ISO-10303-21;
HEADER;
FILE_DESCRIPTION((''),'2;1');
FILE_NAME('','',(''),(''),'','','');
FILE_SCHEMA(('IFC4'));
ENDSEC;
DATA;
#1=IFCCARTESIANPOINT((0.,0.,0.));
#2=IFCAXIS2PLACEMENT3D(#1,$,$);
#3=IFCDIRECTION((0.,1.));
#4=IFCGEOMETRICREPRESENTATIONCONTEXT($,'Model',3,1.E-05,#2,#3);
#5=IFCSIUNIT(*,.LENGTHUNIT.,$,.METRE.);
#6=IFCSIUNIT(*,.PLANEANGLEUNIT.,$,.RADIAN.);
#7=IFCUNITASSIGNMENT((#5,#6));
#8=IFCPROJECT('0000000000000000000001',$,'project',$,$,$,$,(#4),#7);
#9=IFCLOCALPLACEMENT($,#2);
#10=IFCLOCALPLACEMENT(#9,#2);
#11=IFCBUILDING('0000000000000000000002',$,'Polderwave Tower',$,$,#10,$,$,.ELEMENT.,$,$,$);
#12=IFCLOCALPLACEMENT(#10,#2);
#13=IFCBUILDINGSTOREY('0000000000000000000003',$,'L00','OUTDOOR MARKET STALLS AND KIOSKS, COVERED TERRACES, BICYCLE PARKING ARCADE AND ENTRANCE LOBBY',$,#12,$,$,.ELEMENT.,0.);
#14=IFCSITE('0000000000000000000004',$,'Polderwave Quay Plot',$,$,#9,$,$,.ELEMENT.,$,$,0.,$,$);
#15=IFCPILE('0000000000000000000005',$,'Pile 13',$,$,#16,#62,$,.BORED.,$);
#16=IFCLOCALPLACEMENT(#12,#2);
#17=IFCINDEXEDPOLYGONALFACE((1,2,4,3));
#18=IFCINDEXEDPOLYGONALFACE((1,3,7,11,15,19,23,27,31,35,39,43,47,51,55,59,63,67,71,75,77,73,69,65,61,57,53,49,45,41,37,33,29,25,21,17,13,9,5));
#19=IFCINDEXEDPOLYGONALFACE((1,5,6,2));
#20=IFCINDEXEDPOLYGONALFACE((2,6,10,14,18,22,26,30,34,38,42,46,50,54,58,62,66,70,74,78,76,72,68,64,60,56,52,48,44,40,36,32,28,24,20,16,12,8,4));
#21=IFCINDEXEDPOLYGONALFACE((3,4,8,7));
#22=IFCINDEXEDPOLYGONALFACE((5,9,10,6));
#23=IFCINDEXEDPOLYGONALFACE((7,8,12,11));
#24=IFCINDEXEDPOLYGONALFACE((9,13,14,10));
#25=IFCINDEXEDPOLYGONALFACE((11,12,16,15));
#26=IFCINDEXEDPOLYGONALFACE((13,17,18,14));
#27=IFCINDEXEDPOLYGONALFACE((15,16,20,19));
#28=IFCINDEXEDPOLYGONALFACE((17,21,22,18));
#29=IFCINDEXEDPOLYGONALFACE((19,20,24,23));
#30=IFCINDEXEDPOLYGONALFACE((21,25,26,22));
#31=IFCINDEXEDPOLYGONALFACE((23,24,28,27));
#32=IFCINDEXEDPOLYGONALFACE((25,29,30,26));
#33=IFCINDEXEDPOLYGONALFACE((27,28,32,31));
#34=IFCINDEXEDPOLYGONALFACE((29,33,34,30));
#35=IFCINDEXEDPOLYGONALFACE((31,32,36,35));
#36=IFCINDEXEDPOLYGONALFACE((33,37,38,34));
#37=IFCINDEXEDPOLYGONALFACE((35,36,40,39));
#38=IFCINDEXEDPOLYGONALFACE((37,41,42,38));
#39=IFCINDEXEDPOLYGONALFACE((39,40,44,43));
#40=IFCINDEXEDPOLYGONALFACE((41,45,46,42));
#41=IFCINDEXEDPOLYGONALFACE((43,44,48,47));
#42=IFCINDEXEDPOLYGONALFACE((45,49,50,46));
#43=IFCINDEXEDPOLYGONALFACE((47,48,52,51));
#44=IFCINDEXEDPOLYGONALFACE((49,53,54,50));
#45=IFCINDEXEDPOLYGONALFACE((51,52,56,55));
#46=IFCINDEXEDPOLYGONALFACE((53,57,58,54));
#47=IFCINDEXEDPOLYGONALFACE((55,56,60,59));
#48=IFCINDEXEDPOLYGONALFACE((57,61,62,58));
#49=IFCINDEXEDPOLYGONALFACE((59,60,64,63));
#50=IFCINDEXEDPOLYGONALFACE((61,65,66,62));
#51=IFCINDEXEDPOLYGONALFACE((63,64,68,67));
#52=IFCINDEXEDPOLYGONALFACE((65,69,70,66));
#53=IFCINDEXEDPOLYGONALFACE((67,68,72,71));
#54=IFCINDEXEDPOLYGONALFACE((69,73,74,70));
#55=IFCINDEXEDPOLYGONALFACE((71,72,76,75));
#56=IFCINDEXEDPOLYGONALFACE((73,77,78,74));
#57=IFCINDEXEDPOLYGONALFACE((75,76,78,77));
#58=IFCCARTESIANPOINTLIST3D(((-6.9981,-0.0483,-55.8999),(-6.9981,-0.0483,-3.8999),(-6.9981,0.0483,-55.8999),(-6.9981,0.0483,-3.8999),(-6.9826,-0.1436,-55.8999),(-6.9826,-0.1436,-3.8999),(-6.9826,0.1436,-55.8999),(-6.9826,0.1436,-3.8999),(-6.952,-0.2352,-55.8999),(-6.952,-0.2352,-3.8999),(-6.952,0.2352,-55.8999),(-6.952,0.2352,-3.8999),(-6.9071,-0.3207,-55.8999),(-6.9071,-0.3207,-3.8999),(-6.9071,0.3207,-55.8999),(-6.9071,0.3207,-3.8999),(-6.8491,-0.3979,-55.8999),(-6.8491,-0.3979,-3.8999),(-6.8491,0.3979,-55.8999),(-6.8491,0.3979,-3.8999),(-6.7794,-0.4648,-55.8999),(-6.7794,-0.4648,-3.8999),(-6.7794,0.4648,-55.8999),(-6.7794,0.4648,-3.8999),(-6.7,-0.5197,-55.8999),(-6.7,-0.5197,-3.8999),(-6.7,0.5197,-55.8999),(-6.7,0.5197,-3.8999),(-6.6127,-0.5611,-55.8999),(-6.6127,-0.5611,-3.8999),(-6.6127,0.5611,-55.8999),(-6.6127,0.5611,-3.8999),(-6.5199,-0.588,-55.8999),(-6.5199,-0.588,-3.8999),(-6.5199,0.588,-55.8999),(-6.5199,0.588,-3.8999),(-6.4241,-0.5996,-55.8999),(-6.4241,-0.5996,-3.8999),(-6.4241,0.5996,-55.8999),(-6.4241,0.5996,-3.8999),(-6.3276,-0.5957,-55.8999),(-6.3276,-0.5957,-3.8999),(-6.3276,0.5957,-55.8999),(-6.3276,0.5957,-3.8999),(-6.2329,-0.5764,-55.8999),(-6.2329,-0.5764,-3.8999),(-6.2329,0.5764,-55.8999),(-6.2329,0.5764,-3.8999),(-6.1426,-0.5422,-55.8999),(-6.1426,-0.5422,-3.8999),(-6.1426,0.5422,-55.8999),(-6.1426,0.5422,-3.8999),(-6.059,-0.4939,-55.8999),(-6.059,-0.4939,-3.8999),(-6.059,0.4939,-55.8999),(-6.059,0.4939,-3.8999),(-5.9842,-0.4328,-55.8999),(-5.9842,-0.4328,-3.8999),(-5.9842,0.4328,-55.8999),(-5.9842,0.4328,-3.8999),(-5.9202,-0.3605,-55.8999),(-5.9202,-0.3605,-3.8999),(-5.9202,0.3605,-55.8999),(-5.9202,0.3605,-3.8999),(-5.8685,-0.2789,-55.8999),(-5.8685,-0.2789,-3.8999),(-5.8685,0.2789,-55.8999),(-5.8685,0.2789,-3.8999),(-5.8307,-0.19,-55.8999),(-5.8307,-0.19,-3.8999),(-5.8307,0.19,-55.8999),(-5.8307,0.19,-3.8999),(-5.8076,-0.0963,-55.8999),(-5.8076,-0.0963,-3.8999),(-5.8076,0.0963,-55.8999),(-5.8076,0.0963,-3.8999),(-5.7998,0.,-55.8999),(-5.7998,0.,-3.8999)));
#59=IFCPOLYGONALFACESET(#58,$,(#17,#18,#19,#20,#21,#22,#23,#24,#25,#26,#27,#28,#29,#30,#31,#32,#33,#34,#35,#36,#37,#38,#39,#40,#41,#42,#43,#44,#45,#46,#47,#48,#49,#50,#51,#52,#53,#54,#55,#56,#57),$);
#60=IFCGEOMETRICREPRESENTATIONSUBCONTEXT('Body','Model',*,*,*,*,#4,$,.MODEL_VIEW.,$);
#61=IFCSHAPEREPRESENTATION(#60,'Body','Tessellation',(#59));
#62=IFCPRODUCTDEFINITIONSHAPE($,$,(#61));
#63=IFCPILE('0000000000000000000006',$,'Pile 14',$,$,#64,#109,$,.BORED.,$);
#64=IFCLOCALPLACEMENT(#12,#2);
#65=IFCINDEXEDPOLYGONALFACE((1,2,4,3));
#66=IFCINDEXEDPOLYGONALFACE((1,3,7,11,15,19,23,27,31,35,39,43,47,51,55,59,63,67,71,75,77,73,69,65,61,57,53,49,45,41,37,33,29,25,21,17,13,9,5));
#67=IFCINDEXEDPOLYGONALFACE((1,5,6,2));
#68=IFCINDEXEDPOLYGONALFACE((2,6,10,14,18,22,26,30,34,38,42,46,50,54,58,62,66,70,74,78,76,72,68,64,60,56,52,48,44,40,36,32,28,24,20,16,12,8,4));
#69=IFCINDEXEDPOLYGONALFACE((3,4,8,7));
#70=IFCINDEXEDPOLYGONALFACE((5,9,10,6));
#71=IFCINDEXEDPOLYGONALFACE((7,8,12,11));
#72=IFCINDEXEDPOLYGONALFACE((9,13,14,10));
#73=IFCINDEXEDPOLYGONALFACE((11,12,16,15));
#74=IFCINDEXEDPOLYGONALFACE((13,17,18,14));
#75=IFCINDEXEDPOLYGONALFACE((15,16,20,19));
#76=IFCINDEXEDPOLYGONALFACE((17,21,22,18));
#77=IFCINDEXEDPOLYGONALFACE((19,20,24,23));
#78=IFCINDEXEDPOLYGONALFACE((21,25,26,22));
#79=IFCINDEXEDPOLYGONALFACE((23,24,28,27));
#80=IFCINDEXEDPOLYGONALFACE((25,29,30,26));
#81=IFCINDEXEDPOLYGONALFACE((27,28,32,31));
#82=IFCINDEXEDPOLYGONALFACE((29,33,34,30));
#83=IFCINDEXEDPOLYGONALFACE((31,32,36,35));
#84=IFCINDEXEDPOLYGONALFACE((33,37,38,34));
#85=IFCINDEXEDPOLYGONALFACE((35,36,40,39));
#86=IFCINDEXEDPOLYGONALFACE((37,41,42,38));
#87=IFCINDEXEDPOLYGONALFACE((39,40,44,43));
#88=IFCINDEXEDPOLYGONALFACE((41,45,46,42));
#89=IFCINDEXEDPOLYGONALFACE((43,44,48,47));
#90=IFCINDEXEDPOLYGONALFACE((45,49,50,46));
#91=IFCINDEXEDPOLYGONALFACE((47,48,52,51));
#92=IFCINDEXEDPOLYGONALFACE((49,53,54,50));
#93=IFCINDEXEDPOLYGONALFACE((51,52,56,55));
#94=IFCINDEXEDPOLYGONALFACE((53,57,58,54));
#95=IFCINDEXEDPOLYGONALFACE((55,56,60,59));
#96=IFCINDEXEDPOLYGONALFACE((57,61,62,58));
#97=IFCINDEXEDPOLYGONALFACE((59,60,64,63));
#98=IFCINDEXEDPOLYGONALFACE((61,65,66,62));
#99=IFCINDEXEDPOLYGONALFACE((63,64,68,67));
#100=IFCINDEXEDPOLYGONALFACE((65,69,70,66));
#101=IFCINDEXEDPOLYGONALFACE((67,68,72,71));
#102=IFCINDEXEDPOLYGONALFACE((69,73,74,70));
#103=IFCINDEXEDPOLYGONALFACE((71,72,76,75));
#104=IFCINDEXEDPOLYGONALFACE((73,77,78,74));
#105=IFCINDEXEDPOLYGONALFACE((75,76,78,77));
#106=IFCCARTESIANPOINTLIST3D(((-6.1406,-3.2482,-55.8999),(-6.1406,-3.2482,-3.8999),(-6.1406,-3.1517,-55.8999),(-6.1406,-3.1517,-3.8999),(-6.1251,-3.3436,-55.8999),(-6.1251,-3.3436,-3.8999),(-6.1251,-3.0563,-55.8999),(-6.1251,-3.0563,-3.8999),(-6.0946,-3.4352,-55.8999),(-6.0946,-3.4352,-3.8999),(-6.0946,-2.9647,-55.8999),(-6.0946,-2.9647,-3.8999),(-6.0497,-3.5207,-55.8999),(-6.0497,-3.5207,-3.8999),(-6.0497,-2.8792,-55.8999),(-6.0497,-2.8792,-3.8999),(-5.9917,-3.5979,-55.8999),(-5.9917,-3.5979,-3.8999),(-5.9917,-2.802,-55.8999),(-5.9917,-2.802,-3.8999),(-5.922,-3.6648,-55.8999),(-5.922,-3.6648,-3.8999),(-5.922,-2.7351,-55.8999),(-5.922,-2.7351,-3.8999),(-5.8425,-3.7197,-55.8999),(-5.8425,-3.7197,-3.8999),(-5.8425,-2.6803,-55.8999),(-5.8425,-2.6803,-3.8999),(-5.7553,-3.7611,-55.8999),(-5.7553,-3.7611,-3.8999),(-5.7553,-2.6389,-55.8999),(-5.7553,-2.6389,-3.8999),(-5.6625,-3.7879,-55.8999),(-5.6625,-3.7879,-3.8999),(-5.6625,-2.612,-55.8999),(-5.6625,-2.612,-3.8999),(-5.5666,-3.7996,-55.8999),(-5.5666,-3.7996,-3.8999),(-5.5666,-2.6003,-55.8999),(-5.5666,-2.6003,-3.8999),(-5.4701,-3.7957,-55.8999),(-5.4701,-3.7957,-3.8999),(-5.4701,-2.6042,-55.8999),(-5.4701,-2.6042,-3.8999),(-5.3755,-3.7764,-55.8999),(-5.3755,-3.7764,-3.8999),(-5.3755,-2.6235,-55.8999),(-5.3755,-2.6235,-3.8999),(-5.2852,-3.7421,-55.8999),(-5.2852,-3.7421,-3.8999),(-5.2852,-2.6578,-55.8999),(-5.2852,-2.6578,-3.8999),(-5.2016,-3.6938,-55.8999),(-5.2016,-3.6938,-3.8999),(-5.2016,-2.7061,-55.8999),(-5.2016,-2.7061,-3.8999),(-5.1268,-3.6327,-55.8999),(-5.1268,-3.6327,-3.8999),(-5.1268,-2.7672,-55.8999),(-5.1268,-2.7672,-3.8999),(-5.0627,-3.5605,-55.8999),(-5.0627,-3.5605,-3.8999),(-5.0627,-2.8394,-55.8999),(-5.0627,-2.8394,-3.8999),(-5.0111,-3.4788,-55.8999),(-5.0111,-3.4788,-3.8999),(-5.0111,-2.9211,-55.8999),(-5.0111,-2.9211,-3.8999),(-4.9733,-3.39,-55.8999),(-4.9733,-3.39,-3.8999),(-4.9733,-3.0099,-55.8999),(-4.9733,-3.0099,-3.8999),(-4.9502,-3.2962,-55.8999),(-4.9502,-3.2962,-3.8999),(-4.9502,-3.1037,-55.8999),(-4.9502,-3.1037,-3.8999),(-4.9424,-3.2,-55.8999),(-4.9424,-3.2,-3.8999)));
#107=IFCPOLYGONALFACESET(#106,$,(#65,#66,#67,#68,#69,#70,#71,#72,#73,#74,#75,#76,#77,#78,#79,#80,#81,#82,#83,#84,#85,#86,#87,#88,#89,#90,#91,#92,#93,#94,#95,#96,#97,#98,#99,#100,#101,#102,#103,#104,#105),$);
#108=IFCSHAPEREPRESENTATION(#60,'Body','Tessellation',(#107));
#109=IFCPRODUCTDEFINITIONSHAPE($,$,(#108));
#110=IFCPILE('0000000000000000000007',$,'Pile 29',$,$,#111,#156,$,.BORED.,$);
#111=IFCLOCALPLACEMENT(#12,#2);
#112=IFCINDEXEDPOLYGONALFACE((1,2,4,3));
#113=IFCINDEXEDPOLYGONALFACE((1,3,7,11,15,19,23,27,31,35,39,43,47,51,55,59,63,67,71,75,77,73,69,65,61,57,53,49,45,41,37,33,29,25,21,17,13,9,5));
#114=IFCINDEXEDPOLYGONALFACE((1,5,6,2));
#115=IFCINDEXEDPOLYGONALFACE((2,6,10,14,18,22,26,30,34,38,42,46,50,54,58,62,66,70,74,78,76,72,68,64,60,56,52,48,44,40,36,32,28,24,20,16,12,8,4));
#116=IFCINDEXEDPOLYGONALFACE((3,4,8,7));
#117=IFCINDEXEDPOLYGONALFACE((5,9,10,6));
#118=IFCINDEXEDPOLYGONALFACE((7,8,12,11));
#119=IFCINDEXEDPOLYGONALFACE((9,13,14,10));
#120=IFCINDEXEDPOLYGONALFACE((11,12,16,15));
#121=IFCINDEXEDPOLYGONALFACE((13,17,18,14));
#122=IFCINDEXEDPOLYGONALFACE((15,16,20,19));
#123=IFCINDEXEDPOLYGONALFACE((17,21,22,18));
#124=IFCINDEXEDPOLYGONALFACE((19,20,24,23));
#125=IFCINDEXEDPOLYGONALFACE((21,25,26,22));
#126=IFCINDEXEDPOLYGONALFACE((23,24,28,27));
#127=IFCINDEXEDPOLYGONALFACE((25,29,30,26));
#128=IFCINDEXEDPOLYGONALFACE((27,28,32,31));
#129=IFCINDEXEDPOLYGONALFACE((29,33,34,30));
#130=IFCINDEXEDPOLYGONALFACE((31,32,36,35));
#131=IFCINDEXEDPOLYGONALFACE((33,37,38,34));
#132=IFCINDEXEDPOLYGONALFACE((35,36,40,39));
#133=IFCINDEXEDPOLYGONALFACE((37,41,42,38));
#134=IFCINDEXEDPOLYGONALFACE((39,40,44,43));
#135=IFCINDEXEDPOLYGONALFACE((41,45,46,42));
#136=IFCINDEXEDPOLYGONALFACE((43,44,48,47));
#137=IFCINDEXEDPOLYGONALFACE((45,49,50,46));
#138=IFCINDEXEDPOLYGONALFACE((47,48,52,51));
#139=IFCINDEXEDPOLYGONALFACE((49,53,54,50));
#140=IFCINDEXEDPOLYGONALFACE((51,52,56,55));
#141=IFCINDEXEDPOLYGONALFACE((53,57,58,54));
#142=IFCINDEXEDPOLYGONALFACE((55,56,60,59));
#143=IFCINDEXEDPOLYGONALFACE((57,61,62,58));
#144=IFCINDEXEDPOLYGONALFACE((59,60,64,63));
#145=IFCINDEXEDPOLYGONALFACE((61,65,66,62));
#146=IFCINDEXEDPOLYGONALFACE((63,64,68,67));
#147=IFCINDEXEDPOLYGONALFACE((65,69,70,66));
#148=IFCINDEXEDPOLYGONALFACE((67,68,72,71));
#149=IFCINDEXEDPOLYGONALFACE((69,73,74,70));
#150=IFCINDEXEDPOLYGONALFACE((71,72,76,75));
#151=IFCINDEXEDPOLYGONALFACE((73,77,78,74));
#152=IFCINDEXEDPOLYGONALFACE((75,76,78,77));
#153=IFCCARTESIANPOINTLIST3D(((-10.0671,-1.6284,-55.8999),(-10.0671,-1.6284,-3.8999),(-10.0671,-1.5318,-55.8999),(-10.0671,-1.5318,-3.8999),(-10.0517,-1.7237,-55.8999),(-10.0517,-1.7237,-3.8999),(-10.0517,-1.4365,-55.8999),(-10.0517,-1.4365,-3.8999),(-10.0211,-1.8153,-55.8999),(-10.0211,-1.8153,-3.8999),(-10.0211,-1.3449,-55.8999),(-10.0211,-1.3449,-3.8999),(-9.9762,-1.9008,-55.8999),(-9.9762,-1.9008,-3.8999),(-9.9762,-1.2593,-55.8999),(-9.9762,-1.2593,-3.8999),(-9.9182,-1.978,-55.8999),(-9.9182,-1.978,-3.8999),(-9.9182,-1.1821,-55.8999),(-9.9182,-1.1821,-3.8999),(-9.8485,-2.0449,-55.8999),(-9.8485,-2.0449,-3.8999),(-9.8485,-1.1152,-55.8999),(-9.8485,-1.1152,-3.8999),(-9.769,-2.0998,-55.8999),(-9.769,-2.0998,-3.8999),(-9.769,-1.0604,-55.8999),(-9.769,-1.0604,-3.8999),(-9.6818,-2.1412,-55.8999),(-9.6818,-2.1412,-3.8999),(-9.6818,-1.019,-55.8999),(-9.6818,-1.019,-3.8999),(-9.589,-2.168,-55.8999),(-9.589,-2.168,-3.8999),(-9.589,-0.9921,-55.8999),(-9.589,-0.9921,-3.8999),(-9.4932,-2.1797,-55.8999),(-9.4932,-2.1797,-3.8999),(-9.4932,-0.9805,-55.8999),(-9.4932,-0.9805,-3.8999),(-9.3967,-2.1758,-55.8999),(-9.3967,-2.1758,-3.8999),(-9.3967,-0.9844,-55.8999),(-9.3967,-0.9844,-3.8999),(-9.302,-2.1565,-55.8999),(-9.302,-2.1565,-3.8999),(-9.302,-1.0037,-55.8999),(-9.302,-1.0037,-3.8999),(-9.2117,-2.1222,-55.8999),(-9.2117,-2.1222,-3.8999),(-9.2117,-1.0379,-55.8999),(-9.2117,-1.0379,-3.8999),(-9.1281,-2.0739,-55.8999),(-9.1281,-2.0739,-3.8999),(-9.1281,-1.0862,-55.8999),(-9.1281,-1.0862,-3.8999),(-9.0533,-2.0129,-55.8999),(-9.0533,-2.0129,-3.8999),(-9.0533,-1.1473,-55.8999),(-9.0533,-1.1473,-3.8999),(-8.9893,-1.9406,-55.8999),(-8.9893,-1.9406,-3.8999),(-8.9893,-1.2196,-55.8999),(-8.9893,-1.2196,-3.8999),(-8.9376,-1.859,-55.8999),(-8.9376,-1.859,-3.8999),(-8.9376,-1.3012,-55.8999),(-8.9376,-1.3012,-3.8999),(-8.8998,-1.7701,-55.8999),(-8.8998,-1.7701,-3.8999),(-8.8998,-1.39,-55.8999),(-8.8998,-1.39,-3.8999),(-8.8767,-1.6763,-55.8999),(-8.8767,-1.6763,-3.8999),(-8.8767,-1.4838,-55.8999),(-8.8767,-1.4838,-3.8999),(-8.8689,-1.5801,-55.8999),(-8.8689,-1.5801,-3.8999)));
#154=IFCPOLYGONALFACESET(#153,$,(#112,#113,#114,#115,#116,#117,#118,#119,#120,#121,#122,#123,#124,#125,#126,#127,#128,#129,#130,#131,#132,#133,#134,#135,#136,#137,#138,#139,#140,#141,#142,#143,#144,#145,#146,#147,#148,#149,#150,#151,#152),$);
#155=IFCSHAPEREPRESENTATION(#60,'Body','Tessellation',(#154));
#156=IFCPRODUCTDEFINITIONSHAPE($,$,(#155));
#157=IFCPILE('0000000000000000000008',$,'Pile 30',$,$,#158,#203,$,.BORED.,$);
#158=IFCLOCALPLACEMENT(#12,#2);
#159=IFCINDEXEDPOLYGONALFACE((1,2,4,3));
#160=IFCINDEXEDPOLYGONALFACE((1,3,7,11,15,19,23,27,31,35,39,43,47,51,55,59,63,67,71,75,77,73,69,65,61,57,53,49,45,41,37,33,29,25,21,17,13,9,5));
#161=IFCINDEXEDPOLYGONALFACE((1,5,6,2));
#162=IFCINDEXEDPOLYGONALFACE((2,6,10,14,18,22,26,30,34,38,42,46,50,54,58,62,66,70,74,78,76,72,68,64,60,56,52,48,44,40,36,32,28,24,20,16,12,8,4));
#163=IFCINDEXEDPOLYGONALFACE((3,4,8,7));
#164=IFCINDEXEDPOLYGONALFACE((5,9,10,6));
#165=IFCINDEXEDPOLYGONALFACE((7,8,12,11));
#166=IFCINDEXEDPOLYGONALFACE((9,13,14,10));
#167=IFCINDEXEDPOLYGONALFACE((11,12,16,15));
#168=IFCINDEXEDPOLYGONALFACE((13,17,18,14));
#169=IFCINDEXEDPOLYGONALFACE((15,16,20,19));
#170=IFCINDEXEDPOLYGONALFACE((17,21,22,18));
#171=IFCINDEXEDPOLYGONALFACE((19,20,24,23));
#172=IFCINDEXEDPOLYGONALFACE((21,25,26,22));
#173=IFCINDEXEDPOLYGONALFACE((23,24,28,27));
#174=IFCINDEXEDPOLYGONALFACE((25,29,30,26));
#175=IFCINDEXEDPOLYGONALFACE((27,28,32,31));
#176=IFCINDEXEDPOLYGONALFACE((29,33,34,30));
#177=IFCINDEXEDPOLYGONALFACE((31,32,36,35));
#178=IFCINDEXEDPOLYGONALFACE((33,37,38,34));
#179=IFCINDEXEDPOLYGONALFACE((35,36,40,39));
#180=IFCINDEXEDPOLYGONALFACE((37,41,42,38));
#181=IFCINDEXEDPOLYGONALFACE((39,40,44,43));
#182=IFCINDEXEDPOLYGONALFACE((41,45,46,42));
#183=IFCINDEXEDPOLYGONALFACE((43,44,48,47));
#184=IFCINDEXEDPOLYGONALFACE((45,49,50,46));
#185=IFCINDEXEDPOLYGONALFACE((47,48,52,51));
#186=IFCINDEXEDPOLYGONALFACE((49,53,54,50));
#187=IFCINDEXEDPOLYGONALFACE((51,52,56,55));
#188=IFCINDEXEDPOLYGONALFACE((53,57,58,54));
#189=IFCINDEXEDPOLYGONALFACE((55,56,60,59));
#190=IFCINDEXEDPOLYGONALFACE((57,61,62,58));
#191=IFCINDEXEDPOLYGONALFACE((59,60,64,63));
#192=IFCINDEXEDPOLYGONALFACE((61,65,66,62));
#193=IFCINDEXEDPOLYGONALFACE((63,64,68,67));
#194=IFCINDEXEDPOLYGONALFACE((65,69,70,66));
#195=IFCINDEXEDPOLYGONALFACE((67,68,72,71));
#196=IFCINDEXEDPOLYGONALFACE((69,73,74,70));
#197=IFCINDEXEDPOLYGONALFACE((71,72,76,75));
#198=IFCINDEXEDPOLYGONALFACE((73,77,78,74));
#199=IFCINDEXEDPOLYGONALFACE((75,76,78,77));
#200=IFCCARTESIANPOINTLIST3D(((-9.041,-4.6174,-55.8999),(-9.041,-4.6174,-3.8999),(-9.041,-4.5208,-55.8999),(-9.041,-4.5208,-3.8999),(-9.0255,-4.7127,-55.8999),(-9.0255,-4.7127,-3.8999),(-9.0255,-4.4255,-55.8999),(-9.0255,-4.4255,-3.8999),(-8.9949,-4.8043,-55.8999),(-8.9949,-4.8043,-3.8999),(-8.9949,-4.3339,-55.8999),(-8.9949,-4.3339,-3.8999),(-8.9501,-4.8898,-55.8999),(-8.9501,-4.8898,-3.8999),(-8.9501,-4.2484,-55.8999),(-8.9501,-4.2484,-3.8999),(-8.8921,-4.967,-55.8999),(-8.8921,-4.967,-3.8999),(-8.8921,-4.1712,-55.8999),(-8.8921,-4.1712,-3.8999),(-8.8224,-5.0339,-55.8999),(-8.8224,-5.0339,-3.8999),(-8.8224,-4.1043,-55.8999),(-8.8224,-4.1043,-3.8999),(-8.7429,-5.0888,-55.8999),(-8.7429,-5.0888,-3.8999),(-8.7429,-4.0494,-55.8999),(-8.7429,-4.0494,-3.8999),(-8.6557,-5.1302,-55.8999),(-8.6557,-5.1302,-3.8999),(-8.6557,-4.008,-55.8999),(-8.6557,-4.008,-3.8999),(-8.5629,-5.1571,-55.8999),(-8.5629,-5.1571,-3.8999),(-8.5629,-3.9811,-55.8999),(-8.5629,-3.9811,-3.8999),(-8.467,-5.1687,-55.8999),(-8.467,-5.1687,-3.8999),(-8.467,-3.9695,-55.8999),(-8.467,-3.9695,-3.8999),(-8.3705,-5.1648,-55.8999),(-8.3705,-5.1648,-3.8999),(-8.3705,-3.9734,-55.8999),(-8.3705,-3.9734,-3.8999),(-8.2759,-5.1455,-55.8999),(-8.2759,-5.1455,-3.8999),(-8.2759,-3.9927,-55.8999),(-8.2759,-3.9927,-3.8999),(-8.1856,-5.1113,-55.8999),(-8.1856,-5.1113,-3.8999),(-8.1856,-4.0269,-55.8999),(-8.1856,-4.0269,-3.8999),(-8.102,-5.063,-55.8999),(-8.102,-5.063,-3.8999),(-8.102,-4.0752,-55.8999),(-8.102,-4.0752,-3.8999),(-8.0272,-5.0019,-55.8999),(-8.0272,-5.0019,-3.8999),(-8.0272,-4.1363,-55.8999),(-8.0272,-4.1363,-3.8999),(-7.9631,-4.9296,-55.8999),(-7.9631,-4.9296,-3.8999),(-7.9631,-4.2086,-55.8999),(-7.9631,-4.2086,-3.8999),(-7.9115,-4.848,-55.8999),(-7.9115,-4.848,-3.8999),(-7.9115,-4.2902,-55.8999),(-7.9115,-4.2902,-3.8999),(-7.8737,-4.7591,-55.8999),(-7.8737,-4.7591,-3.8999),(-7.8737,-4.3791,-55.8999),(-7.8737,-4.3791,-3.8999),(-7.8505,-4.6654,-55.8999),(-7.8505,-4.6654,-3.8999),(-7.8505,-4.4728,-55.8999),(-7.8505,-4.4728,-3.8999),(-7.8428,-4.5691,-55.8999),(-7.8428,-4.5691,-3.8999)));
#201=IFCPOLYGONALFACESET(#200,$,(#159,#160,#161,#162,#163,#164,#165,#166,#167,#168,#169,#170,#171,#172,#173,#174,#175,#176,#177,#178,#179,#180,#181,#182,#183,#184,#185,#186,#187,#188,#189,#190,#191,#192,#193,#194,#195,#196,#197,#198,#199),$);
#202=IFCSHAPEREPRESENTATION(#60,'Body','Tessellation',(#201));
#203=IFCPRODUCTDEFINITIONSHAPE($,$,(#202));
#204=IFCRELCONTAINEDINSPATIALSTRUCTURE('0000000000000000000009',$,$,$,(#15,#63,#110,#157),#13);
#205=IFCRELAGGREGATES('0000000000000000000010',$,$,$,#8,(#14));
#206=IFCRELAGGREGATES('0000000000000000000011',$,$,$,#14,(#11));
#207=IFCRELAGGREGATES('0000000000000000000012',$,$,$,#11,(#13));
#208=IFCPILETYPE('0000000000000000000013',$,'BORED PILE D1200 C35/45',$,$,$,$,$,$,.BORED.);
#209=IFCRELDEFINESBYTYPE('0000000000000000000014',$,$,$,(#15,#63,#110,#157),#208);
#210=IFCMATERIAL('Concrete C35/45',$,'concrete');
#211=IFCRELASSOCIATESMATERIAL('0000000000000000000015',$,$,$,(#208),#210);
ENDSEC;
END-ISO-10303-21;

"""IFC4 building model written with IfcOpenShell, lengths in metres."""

from ifc_helpers import new_model, si_unit, direction, frame, origin, origin_2d, place, context, subcontext, project, spatial, circle, extrude, material, material_profile, profile_set, type_object, element, save


model = new_model("IFC4")

# Units and contexts
model_context = context("Model", 3, precision=1e-05, world=origin(), true_north=direction((0.0, 1.0)))
body_context = subcontext(model_context, "Body", "Model", "MODEL_VIEW")
ifc_project = project(units=[si_unit("LENGTHUNIT", "METRE"), si_unit("PLANEANGLEUNIT", "RADIAN")], contexts=[model_context])

# Site, building, storey
site_placement = place(None, origin())
site = spatial("IfcSite", under=ifc_project, at=site_placement, Name="Polderwave Quay Plot", CompositionType="ELEMENT", RefElevation=0.0)
building_placement = place(site_placement, origin())
building = spatial("IfcBuilding", under=site, at=building_placement, Name="Polderwave Tower", CompositionType="ELEMENT")
storey_placement = place(building_placement, origin())
storey = spatial("IfcBuildingStorey", under=building, at=storey_placement, Name="L00", Description="OUTDOOR MARKET STALLS AND KIOSKS, COVERED TERRACES, BICYCLE PARKING ARCADE AND ENTRANCE LOBBY", CompositionType="ELEMENT", Elevation=0.0)

# Piles
ifc_material_1 = material(Name="Concrete C35/45", Category="concrete")
ifc_material_profile = material_profile(ifc_material_1, circle(Radius=0.6001, at=origin_2d()), Name="BORED D1200")
ifc_profile_set = profile_set([ifc_material_profile], Name="Concrete C35/45")
pile_type = type_object("IfcPileType", Name="BORED PILE D1200 C35/45", PredefinedType="BORED", material=ifc_profile_set)
for number, where, z_axis, x_axis, name in (
    (1, (-6.3999, 0.0, -3.8999), (0.0, 0.0, -1.0), (1.0, 0.0, 0.0), "Pile 13"),
    (2, (-5.5425, -3.2, -3.8999), (0.0, 0.0, -1.0), (1.0, 0.0, 0.0), "Pile 14"),
    (3, (-9.469, -1.5801, -3.8999), (0.0, 0.0, -1.0), (1.0, 0.0, 0.0), "Pile 29"),
    (4, (-8.4429, -4.5691, -3.8999), (0.0, 0.0, -1.0), (1.0, 0.0, 0.0), "Pile 30"),
):
    element("IfcPile", number, at=place(storey_placement, frame(where, z_axis=z_axis, x_axis=x_axis)), inside=storey, type_object=pile_type, Name=name, PredefinedType="BORED", context=body_context, shape_type="SweptSolid", body=[
        extrude(circle(Radius=0.6001, at=origin_2d()), origin(), (0.0, 0.0, 1.0), 52.0),
    ])

save(model, "model.ifc")
